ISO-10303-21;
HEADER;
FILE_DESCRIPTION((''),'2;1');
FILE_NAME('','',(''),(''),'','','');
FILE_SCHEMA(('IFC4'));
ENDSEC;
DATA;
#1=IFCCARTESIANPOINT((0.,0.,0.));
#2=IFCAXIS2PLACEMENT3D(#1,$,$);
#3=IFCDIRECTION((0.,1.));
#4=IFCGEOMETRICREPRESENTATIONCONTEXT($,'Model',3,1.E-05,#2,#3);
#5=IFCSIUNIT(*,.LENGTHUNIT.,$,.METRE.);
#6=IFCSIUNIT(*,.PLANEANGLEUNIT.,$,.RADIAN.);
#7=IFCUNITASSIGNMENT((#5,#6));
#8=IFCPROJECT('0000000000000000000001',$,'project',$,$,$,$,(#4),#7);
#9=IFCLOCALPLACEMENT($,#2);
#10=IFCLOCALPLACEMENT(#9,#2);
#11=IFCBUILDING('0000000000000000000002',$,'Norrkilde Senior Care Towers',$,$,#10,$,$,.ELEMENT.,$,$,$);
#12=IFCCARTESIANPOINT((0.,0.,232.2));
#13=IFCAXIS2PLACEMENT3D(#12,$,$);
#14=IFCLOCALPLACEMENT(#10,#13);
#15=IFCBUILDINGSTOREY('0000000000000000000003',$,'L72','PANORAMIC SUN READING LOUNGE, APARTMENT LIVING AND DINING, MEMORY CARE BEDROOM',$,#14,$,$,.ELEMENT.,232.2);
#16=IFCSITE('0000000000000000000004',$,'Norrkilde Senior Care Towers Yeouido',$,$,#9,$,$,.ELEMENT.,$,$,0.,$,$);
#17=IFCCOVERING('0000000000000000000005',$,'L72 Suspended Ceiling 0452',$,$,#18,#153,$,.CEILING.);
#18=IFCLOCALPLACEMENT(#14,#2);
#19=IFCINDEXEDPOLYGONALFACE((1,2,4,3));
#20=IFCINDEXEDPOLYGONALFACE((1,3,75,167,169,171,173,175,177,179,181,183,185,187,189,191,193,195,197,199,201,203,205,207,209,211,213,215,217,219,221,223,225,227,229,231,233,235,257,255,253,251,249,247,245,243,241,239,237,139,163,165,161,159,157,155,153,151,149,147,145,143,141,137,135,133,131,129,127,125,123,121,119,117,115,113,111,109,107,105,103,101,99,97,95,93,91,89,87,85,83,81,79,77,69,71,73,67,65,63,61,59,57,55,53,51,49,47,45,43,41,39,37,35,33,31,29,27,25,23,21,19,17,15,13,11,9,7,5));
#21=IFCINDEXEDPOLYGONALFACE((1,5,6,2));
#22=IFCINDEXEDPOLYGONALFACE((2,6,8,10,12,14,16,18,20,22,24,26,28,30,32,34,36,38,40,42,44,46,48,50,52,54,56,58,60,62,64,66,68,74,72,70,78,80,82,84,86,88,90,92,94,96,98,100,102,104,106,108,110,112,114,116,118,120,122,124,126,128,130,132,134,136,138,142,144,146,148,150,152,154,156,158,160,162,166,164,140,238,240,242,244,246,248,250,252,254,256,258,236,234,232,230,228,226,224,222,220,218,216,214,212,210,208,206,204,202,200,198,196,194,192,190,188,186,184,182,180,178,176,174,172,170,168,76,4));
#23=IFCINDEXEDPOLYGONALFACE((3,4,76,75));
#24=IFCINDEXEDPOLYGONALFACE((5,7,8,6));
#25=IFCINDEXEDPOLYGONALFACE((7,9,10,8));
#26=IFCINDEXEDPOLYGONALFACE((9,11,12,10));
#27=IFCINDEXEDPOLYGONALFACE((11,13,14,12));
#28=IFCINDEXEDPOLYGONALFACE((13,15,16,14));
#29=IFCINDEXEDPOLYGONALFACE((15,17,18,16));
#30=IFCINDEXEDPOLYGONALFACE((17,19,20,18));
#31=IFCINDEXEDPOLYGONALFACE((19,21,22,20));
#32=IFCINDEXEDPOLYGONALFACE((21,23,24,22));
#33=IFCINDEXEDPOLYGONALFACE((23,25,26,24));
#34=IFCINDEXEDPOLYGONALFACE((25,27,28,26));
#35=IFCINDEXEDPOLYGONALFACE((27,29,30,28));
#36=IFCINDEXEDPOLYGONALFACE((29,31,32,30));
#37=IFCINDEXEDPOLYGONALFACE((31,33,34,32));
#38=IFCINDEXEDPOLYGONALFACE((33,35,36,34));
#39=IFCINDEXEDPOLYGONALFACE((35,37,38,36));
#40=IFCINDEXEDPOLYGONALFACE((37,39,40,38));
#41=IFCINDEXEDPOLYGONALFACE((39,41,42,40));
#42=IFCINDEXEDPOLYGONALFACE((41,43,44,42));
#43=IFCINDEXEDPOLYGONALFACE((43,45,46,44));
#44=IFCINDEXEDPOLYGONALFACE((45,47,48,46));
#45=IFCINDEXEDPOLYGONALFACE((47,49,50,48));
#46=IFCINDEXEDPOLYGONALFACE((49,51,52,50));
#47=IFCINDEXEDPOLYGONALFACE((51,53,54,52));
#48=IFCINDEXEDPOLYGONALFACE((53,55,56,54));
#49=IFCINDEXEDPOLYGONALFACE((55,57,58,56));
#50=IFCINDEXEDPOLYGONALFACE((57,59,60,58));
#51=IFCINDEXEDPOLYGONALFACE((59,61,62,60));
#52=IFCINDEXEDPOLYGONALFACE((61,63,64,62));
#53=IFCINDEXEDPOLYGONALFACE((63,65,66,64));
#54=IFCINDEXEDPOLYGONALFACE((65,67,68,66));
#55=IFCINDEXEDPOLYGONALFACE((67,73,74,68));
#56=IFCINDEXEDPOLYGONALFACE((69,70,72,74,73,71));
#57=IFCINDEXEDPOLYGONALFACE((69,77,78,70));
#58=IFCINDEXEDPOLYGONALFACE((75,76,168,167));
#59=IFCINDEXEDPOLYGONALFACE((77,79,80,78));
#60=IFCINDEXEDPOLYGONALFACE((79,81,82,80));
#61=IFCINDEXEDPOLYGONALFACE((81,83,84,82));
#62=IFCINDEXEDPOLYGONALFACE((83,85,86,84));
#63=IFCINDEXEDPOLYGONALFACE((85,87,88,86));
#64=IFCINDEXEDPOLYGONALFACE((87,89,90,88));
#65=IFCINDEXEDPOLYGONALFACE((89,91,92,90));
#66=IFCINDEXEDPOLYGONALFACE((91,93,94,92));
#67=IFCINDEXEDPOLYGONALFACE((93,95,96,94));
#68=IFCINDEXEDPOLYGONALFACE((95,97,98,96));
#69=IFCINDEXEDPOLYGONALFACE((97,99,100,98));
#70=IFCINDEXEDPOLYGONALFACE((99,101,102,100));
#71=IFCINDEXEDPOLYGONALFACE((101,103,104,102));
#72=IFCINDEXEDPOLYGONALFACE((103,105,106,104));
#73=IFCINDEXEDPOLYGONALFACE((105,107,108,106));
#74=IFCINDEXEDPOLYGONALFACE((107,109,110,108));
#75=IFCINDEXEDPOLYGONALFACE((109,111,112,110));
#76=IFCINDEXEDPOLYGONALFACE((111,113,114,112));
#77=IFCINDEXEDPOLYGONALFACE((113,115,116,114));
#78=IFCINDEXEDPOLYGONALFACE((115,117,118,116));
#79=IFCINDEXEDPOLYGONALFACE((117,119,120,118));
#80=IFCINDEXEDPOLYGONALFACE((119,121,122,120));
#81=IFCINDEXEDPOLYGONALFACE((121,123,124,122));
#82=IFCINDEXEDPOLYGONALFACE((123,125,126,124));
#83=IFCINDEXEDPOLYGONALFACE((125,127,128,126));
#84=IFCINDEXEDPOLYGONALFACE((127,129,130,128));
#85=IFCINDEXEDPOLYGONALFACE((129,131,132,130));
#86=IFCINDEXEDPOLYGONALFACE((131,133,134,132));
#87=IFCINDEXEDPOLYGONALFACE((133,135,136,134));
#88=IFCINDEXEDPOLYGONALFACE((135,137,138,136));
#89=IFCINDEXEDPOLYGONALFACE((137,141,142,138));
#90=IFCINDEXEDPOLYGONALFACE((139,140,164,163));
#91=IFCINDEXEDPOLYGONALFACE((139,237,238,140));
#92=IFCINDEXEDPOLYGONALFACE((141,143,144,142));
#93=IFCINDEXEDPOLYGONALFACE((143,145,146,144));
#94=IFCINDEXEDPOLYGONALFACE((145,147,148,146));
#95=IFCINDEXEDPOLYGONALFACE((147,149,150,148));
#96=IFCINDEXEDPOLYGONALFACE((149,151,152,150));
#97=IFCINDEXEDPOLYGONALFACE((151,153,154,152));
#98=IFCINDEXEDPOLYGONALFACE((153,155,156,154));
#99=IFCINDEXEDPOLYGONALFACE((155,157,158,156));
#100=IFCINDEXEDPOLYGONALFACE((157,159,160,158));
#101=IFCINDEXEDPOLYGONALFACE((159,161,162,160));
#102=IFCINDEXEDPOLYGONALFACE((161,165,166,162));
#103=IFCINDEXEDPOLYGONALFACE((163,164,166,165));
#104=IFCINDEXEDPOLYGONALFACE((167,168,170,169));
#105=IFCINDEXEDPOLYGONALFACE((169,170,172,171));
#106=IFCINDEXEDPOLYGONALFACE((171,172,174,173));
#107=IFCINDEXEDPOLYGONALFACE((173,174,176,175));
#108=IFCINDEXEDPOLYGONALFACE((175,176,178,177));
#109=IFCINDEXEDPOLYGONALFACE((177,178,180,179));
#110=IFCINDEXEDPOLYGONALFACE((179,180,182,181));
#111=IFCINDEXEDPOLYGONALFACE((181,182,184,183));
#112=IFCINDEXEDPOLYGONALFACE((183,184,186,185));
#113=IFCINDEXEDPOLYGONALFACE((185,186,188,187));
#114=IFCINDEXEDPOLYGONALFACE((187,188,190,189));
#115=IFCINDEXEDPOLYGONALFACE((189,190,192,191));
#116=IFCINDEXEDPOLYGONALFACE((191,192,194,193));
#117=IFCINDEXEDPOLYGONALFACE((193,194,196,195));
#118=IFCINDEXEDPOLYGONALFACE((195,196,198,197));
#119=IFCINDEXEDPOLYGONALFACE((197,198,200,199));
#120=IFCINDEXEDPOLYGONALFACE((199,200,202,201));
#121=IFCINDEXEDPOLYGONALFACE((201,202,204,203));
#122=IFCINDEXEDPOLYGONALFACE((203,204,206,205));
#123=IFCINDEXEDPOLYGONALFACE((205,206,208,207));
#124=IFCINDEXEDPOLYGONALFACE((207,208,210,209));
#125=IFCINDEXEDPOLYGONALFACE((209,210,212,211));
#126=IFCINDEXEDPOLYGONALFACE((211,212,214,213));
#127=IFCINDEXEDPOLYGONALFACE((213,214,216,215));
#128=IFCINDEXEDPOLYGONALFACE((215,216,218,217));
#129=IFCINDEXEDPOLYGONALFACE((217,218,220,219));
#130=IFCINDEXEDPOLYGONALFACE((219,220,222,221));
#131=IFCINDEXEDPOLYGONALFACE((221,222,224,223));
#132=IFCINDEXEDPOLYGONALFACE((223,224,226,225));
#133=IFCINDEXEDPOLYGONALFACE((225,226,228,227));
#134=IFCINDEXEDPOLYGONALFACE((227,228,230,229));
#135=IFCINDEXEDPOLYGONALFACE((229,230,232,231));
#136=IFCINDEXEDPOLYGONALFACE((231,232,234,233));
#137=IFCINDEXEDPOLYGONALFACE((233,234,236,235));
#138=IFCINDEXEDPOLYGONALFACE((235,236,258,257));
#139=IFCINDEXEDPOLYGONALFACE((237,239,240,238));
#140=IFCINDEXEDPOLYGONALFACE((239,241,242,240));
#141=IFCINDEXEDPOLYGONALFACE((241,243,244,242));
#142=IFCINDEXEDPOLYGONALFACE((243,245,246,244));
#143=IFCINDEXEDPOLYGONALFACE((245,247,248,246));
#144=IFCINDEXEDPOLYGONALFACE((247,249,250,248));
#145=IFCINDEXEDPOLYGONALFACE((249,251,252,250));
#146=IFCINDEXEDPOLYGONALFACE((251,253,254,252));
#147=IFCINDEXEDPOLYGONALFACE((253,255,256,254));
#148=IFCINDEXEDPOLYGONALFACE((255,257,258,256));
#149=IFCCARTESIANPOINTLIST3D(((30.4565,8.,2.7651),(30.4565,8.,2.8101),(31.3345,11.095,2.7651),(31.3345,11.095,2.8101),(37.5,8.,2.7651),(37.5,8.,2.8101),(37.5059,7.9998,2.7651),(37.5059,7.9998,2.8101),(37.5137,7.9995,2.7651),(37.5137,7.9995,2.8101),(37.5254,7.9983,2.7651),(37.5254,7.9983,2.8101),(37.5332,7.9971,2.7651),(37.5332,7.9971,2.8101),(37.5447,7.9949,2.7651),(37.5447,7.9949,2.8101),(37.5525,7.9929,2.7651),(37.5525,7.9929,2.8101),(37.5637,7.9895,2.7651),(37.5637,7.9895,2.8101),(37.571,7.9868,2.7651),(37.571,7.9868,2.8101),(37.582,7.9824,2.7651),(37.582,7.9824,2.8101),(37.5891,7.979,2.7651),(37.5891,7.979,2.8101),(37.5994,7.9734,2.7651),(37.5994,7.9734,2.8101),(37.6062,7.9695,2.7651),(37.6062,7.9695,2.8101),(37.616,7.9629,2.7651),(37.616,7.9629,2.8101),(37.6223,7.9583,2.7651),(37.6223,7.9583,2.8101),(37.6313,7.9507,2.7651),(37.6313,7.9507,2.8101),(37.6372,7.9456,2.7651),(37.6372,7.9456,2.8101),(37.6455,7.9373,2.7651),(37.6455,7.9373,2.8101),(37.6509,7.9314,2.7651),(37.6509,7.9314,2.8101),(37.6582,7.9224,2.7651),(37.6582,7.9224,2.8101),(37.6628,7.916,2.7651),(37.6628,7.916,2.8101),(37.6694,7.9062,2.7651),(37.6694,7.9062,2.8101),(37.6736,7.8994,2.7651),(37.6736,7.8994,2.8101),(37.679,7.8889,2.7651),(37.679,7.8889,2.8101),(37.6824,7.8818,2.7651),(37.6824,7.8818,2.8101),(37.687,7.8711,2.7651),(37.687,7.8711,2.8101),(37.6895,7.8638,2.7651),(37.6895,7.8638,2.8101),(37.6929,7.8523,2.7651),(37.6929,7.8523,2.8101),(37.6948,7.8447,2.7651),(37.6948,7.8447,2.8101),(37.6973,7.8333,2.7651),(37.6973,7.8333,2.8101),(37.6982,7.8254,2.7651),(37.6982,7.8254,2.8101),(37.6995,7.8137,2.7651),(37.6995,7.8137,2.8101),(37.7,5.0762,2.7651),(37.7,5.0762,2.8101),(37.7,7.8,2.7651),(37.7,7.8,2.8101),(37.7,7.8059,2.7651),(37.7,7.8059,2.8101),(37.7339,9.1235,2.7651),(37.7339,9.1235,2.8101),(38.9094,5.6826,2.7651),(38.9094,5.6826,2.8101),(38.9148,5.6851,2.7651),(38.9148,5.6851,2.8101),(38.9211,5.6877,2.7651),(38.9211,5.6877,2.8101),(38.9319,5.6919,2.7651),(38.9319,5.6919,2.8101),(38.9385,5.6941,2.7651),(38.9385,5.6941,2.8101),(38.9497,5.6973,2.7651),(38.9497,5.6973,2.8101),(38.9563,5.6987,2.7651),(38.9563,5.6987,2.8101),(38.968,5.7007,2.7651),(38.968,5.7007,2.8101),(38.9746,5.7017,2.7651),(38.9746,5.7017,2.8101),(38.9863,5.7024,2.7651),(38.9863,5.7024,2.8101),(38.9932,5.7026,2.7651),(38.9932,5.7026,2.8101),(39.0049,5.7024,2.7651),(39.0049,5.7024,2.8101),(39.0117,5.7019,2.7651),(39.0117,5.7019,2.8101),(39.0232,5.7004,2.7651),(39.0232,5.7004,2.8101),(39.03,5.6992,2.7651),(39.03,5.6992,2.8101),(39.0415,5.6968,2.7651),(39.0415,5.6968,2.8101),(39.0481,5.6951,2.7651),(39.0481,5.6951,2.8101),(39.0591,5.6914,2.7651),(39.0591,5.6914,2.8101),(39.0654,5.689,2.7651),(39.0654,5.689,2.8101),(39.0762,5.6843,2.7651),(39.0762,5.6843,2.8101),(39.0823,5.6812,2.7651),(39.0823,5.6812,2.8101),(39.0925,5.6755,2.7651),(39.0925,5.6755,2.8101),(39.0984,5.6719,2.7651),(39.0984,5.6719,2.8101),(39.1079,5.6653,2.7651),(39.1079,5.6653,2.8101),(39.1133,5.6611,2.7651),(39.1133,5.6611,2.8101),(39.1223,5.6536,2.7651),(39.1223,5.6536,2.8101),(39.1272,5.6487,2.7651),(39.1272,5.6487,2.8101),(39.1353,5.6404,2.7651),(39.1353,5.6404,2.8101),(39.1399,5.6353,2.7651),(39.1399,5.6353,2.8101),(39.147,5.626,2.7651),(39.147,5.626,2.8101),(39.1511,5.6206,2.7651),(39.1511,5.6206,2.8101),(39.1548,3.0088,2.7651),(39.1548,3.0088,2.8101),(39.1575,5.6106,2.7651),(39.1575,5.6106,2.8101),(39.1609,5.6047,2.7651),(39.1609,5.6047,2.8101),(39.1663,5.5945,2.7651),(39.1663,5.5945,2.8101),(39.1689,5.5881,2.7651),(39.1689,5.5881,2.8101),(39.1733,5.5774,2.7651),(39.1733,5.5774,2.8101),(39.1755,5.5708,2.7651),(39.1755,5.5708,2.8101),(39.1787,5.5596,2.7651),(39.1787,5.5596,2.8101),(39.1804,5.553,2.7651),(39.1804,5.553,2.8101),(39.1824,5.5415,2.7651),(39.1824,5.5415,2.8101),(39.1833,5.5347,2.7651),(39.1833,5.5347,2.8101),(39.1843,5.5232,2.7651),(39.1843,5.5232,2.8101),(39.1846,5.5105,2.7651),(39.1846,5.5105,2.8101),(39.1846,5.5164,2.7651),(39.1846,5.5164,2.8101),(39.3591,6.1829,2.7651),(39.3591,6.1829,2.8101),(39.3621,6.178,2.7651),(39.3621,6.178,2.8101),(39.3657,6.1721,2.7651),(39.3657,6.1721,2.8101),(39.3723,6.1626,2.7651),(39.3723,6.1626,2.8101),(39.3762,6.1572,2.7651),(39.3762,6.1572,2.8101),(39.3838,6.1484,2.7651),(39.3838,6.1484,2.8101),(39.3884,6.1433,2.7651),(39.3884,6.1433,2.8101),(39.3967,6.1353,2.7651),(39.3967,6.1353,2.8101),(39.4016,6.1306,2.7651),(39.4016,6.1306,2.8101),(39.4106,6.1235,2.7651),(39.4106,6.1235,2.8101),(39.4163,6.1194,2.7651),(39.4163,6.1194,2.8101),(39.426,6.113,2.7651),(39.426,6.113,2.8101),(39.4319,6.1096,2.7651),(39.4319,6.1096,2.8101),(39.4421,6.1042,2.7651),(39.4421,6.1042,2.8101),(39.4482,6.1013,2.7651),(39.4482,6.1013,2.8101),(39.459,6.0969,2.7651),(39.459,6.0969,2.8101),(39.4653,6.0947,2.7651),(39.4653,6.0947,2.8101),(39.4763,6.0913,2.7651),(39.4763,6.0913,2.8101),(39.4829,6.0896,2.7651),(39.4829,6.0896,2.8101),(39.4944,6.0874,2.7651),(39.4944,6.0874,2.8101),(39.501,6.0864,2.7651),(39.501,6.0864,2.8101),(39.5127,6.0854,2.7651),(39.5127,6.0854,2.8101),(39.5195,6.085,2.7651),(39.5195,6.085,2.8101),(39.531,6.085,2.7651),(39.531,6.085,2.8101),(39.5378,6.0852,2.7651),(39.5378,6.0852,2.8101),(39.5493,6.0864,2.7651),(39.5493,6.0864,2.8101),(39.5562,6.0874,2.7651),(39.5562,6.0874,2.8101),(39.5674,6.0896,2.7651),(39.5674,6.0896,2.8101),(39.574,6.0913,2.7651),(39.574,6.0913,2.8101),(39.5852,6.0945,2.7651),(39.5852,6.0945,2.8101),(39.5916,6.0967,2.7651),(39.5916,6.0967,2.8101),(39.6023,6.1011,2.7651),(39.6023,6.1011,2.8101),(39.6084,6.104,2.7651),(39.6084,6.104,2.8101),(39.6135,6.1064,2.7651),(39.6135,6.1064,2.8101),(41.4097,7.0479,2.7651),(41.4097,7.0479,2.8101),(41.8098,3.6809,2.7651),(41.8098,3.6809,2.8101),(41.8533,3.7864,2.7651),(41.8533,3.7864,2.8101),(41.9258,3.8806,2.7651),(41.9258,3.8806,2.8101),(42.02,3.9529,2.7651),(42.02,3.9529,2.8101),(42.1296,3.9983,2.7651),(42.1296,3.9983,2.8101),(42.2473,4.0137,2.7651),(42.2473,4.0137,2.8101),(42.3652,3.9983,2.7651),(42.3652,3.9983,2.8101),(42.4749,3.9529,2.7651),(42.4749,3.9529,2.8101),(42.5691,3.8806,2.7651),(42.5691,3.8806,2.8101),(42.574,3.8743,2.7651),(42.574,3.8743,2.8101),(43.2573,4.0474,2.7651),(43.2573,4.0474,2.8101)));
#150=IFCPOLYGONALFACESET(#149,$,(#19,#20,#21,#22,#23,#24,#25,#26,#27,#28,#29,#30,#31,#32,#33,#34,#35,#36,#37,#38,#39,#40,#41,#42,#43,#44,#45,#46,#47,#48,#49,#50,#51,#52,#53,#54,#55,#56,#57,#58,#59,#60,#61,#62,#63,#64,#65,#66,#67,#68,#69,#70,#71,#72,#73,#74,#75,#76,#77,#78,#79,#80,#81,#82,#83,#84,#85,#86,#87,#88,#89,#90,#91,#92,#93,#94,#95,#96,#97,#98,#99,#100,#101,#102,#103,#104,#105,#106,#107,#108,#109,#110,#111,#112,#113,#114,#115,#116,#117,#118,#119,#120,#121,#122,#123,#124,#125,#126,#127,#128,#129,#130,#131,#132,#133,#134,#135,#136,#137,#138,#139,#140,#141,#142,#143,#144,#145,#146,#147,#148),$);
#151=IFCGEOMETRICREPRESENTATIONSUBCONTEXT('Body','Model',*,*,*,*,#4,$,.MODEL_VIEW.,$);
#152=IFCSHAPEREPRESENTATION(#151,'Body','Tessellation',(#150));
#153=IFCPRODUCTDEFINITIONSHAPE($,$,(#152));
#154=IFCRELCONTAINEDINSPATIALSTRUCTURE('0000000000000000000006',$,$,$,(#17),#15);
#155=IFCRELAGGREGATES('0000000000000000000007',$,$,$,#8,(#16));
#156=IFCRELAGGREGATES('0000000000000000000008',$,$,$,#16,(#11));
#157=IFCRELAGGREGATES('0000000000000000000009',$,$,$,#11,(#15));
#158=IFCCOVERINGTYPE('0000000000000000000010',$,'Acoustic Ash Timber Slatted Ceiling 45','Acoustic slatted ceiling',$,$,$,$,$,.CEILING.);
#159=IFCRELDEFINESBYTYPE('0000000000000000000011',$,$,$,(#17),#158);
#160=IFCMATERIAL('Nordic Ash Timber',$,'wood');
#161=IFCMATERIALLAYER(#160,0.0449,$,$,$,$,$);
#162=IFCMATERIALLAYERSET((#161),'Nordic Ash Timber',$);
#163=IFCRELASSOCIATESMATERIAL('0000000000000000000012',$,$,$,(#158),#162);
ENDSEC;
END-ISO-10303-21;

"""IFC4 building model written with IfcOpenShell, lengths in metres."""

from ifc_helpers import new_model, si_unit, direction, frame, origin, place, context, subcontext, project, spatial, polyline, outline, extrude, material, layer, layer_set, type_object, element, save


model = new_model("IFC4")

# Units and contexts
model_context = context("Model", 3, precision=1e-05, world=origin(), true_north=direction((0.0, 1.0)))
body_context = subcontext(model_context, "Body", "Model", "MODEL_VIEW")
ifc_project = project(units=[si_unit("LENGTHUNIT", "METRE"), si_unit("PLANEANGLEUNIT", "RADIAN")], contexts=[model_context])

# Site, building, storey
site_placement = place(None, origin())
site = spatial("IfcSite", under=ifc_project, at=site_placement, Name="Norrkilde Senior Care Towers Yeouido", CompositionType="ELEMENT", RefElevation=0.0)
building_placement = place(site_placement, origin())
building = spatial("IfcBuilding", under=site, at=building_placement, Name="Norrkilde Senior Care Towers", CompositionType="ELEMENT")
storey_placement = place(building_placement, frame((0.0, 0.0, 232.2)))
storey = spatial("IfcBuildingStorey", under=building, at=storey_placement, Name="L72", Description="PANORAMIC SUN READING LOUNGE, APARTMENT LIVING AND DINING, MEMORY CARE BEDROOM", CompositionType="ELEMENT", Elevation=232.2)

# Shared definitions
ifc_material_1 = material(Name="Nordic Ash Timber", Category="wood")

# Covering
ifc_layer_1 = layer(ifc_material_1, 0.0449)
ifc_layer_set_1 = layer_set([ifc_layer_1], Name="Nordic Ash Timber")
covering_type_1 = type_object("IfcCoveringType", Name="Acoustic Ash Timber Slatted Ceiling 45", Description="Acoustic slatted ceiling", PredefinedType="CEILING", material=ifc_layer_set_1)
covering_1_placement = place(storey_placement, frame((0.0, 0.0, 2.7651)))
element("IfcCovering", 1, at=covering_1_placement, inside=storey, type_object=covering_type_1, Name="L72 Suspended Ceiling 0452", PredefinedType="CEILING", context=body_context, shape_type="SweptSolid", body=[
    extrude(outline(polyline([(39.1804, 5.553), (39.1787, 5.5596), (39.1755, 5.5708), (39.1733, 5.5774), (39.1689, 5.5881), (39.1663, 5.5945), (39.1609, 5.6047), (39.1575, 5.6106), (39.1511, 5.6206), (39.147, 5.626), (39.1399, 5.6353), (39.1353, 5.6404), (39.1272, 5.6487), (39.1223, 5.6536), (39.1133, 5.6611), (39.1079, 5.6653), (39.0984, 5.6719), (39.0925, 5.6755), (39.0823, 5.6812), (39.0762, 5.6843), (39.0654, 5.689), (39.0591, 5.6914), (39.0481, 5.6951), (39.0415, 5.6968), (39.03, 5.6992), (39.0232, 5.7004), (39.0117, 5.7019), (39.0049, 5.7024), (38.9932, 5.7026), (38.9863, 5.7024), (38.9746, 5.7017), (38.968, 5.7007), (38.9563, 5.6987), (38.9497, 5.6973), (38.9385, 5.6941), (38.9319, 5.6919), (38.9211, 5.6877), (38.9148, 5.6851), (38.9094, 5.6826), (37.7, 5.0762), (37.7, 7.8), (37.7, 7.8059), (37.6995, 7.8137), (37.6982, 7.8254), (37.6973, 7.8333), (37.6948, 7.8447), (37.6929, 7.8523), (37.6895, 7.8638), (37.687, 7.8711), (37.6824, 7.8818), (37.679, 7.8889), (37.6736, 7.8994), (37.6694, 7.9062), (37.6628, 7.916), (37.6582, 7.9224), (37.6509, 7.9314), (37.6455, 7.9373), (37.6372, 7.9456), (37.6313, 7.9507), (37.6223, 7.9583), (37.616, 7.9629), (37.6062, 7.9695), (37.5994, 7.9734), (37.5891, 7.979), (37.582, 7.9824), (37.571, 7.9868), (37.5637, 7.9895), (37.5525, 7.9929), (37.5447, 7.9949), (37.5332, 7.9971), (37.5254, 7.9983), (37.5137, 7.9995), (37.5059, 7.9998), (37.5, 8.0), (30.4565, 8.0), (31.3345, 11.095), (37.7339, 9.1235), (39.3591, 6.1829), (39.3621, 6.178), (39.3657, 6.1721), (39.3723, 6.1626), (39.3762, 6.1572), (39.3838, 6.1484), (39.3884, 6.1433), (39.3967, 6.1353), (39.4016, 6.1306), (39.4106, 6.1235), (39.4163, 6.1194), (39.426, 6.113), (39.4319, 6.1096), (39.4421, 6.1042), (39.4482, 6.1013), (39.459, 6.0969), (39.4653, 6.0947), (39.4763, 6.0913), (39.4829, 6.0896), (39.4944, 6.0874), (39.501, 6.0864), (39.5127, 6.0854), (39.5195, 6.085), (39.531, 6.085), (39.5378, 6.0852), (39.5493, 6.0864), (39.5562, 6.0874), (39.5674, 6.0896), (39.574, 6.0913), (39.5852, 6.0945), (39.5916, 6.0967), (39.6023, 6.1011), (39.6084, 6.104), (39.6135, 6.1064), (41.4097, 7.0479), (43.2573, 4.0474), (42.574, 3.8743), (42.5691, 3.8806), (42.4749, 3.9529), (42.3652, 3.9983), (42.2473, 4.0137), (42.1296, 3.9983), (42.02, 3.9529), (41.9258, 3.8806), (41.8533, 3.7864), (41.8098, 3.6809), (39.1548, 3.0088), (39.1846, 5.5105), (39.1846, 5.5164), (39.1843, 5.5232), (39.1833, 5.5347), (39.1824, 5.5415), (39.1804, 5.553)])), origin(), (0.0, 0.0, 1.0), 0.0449),
])

save(model, "model.ifc")
